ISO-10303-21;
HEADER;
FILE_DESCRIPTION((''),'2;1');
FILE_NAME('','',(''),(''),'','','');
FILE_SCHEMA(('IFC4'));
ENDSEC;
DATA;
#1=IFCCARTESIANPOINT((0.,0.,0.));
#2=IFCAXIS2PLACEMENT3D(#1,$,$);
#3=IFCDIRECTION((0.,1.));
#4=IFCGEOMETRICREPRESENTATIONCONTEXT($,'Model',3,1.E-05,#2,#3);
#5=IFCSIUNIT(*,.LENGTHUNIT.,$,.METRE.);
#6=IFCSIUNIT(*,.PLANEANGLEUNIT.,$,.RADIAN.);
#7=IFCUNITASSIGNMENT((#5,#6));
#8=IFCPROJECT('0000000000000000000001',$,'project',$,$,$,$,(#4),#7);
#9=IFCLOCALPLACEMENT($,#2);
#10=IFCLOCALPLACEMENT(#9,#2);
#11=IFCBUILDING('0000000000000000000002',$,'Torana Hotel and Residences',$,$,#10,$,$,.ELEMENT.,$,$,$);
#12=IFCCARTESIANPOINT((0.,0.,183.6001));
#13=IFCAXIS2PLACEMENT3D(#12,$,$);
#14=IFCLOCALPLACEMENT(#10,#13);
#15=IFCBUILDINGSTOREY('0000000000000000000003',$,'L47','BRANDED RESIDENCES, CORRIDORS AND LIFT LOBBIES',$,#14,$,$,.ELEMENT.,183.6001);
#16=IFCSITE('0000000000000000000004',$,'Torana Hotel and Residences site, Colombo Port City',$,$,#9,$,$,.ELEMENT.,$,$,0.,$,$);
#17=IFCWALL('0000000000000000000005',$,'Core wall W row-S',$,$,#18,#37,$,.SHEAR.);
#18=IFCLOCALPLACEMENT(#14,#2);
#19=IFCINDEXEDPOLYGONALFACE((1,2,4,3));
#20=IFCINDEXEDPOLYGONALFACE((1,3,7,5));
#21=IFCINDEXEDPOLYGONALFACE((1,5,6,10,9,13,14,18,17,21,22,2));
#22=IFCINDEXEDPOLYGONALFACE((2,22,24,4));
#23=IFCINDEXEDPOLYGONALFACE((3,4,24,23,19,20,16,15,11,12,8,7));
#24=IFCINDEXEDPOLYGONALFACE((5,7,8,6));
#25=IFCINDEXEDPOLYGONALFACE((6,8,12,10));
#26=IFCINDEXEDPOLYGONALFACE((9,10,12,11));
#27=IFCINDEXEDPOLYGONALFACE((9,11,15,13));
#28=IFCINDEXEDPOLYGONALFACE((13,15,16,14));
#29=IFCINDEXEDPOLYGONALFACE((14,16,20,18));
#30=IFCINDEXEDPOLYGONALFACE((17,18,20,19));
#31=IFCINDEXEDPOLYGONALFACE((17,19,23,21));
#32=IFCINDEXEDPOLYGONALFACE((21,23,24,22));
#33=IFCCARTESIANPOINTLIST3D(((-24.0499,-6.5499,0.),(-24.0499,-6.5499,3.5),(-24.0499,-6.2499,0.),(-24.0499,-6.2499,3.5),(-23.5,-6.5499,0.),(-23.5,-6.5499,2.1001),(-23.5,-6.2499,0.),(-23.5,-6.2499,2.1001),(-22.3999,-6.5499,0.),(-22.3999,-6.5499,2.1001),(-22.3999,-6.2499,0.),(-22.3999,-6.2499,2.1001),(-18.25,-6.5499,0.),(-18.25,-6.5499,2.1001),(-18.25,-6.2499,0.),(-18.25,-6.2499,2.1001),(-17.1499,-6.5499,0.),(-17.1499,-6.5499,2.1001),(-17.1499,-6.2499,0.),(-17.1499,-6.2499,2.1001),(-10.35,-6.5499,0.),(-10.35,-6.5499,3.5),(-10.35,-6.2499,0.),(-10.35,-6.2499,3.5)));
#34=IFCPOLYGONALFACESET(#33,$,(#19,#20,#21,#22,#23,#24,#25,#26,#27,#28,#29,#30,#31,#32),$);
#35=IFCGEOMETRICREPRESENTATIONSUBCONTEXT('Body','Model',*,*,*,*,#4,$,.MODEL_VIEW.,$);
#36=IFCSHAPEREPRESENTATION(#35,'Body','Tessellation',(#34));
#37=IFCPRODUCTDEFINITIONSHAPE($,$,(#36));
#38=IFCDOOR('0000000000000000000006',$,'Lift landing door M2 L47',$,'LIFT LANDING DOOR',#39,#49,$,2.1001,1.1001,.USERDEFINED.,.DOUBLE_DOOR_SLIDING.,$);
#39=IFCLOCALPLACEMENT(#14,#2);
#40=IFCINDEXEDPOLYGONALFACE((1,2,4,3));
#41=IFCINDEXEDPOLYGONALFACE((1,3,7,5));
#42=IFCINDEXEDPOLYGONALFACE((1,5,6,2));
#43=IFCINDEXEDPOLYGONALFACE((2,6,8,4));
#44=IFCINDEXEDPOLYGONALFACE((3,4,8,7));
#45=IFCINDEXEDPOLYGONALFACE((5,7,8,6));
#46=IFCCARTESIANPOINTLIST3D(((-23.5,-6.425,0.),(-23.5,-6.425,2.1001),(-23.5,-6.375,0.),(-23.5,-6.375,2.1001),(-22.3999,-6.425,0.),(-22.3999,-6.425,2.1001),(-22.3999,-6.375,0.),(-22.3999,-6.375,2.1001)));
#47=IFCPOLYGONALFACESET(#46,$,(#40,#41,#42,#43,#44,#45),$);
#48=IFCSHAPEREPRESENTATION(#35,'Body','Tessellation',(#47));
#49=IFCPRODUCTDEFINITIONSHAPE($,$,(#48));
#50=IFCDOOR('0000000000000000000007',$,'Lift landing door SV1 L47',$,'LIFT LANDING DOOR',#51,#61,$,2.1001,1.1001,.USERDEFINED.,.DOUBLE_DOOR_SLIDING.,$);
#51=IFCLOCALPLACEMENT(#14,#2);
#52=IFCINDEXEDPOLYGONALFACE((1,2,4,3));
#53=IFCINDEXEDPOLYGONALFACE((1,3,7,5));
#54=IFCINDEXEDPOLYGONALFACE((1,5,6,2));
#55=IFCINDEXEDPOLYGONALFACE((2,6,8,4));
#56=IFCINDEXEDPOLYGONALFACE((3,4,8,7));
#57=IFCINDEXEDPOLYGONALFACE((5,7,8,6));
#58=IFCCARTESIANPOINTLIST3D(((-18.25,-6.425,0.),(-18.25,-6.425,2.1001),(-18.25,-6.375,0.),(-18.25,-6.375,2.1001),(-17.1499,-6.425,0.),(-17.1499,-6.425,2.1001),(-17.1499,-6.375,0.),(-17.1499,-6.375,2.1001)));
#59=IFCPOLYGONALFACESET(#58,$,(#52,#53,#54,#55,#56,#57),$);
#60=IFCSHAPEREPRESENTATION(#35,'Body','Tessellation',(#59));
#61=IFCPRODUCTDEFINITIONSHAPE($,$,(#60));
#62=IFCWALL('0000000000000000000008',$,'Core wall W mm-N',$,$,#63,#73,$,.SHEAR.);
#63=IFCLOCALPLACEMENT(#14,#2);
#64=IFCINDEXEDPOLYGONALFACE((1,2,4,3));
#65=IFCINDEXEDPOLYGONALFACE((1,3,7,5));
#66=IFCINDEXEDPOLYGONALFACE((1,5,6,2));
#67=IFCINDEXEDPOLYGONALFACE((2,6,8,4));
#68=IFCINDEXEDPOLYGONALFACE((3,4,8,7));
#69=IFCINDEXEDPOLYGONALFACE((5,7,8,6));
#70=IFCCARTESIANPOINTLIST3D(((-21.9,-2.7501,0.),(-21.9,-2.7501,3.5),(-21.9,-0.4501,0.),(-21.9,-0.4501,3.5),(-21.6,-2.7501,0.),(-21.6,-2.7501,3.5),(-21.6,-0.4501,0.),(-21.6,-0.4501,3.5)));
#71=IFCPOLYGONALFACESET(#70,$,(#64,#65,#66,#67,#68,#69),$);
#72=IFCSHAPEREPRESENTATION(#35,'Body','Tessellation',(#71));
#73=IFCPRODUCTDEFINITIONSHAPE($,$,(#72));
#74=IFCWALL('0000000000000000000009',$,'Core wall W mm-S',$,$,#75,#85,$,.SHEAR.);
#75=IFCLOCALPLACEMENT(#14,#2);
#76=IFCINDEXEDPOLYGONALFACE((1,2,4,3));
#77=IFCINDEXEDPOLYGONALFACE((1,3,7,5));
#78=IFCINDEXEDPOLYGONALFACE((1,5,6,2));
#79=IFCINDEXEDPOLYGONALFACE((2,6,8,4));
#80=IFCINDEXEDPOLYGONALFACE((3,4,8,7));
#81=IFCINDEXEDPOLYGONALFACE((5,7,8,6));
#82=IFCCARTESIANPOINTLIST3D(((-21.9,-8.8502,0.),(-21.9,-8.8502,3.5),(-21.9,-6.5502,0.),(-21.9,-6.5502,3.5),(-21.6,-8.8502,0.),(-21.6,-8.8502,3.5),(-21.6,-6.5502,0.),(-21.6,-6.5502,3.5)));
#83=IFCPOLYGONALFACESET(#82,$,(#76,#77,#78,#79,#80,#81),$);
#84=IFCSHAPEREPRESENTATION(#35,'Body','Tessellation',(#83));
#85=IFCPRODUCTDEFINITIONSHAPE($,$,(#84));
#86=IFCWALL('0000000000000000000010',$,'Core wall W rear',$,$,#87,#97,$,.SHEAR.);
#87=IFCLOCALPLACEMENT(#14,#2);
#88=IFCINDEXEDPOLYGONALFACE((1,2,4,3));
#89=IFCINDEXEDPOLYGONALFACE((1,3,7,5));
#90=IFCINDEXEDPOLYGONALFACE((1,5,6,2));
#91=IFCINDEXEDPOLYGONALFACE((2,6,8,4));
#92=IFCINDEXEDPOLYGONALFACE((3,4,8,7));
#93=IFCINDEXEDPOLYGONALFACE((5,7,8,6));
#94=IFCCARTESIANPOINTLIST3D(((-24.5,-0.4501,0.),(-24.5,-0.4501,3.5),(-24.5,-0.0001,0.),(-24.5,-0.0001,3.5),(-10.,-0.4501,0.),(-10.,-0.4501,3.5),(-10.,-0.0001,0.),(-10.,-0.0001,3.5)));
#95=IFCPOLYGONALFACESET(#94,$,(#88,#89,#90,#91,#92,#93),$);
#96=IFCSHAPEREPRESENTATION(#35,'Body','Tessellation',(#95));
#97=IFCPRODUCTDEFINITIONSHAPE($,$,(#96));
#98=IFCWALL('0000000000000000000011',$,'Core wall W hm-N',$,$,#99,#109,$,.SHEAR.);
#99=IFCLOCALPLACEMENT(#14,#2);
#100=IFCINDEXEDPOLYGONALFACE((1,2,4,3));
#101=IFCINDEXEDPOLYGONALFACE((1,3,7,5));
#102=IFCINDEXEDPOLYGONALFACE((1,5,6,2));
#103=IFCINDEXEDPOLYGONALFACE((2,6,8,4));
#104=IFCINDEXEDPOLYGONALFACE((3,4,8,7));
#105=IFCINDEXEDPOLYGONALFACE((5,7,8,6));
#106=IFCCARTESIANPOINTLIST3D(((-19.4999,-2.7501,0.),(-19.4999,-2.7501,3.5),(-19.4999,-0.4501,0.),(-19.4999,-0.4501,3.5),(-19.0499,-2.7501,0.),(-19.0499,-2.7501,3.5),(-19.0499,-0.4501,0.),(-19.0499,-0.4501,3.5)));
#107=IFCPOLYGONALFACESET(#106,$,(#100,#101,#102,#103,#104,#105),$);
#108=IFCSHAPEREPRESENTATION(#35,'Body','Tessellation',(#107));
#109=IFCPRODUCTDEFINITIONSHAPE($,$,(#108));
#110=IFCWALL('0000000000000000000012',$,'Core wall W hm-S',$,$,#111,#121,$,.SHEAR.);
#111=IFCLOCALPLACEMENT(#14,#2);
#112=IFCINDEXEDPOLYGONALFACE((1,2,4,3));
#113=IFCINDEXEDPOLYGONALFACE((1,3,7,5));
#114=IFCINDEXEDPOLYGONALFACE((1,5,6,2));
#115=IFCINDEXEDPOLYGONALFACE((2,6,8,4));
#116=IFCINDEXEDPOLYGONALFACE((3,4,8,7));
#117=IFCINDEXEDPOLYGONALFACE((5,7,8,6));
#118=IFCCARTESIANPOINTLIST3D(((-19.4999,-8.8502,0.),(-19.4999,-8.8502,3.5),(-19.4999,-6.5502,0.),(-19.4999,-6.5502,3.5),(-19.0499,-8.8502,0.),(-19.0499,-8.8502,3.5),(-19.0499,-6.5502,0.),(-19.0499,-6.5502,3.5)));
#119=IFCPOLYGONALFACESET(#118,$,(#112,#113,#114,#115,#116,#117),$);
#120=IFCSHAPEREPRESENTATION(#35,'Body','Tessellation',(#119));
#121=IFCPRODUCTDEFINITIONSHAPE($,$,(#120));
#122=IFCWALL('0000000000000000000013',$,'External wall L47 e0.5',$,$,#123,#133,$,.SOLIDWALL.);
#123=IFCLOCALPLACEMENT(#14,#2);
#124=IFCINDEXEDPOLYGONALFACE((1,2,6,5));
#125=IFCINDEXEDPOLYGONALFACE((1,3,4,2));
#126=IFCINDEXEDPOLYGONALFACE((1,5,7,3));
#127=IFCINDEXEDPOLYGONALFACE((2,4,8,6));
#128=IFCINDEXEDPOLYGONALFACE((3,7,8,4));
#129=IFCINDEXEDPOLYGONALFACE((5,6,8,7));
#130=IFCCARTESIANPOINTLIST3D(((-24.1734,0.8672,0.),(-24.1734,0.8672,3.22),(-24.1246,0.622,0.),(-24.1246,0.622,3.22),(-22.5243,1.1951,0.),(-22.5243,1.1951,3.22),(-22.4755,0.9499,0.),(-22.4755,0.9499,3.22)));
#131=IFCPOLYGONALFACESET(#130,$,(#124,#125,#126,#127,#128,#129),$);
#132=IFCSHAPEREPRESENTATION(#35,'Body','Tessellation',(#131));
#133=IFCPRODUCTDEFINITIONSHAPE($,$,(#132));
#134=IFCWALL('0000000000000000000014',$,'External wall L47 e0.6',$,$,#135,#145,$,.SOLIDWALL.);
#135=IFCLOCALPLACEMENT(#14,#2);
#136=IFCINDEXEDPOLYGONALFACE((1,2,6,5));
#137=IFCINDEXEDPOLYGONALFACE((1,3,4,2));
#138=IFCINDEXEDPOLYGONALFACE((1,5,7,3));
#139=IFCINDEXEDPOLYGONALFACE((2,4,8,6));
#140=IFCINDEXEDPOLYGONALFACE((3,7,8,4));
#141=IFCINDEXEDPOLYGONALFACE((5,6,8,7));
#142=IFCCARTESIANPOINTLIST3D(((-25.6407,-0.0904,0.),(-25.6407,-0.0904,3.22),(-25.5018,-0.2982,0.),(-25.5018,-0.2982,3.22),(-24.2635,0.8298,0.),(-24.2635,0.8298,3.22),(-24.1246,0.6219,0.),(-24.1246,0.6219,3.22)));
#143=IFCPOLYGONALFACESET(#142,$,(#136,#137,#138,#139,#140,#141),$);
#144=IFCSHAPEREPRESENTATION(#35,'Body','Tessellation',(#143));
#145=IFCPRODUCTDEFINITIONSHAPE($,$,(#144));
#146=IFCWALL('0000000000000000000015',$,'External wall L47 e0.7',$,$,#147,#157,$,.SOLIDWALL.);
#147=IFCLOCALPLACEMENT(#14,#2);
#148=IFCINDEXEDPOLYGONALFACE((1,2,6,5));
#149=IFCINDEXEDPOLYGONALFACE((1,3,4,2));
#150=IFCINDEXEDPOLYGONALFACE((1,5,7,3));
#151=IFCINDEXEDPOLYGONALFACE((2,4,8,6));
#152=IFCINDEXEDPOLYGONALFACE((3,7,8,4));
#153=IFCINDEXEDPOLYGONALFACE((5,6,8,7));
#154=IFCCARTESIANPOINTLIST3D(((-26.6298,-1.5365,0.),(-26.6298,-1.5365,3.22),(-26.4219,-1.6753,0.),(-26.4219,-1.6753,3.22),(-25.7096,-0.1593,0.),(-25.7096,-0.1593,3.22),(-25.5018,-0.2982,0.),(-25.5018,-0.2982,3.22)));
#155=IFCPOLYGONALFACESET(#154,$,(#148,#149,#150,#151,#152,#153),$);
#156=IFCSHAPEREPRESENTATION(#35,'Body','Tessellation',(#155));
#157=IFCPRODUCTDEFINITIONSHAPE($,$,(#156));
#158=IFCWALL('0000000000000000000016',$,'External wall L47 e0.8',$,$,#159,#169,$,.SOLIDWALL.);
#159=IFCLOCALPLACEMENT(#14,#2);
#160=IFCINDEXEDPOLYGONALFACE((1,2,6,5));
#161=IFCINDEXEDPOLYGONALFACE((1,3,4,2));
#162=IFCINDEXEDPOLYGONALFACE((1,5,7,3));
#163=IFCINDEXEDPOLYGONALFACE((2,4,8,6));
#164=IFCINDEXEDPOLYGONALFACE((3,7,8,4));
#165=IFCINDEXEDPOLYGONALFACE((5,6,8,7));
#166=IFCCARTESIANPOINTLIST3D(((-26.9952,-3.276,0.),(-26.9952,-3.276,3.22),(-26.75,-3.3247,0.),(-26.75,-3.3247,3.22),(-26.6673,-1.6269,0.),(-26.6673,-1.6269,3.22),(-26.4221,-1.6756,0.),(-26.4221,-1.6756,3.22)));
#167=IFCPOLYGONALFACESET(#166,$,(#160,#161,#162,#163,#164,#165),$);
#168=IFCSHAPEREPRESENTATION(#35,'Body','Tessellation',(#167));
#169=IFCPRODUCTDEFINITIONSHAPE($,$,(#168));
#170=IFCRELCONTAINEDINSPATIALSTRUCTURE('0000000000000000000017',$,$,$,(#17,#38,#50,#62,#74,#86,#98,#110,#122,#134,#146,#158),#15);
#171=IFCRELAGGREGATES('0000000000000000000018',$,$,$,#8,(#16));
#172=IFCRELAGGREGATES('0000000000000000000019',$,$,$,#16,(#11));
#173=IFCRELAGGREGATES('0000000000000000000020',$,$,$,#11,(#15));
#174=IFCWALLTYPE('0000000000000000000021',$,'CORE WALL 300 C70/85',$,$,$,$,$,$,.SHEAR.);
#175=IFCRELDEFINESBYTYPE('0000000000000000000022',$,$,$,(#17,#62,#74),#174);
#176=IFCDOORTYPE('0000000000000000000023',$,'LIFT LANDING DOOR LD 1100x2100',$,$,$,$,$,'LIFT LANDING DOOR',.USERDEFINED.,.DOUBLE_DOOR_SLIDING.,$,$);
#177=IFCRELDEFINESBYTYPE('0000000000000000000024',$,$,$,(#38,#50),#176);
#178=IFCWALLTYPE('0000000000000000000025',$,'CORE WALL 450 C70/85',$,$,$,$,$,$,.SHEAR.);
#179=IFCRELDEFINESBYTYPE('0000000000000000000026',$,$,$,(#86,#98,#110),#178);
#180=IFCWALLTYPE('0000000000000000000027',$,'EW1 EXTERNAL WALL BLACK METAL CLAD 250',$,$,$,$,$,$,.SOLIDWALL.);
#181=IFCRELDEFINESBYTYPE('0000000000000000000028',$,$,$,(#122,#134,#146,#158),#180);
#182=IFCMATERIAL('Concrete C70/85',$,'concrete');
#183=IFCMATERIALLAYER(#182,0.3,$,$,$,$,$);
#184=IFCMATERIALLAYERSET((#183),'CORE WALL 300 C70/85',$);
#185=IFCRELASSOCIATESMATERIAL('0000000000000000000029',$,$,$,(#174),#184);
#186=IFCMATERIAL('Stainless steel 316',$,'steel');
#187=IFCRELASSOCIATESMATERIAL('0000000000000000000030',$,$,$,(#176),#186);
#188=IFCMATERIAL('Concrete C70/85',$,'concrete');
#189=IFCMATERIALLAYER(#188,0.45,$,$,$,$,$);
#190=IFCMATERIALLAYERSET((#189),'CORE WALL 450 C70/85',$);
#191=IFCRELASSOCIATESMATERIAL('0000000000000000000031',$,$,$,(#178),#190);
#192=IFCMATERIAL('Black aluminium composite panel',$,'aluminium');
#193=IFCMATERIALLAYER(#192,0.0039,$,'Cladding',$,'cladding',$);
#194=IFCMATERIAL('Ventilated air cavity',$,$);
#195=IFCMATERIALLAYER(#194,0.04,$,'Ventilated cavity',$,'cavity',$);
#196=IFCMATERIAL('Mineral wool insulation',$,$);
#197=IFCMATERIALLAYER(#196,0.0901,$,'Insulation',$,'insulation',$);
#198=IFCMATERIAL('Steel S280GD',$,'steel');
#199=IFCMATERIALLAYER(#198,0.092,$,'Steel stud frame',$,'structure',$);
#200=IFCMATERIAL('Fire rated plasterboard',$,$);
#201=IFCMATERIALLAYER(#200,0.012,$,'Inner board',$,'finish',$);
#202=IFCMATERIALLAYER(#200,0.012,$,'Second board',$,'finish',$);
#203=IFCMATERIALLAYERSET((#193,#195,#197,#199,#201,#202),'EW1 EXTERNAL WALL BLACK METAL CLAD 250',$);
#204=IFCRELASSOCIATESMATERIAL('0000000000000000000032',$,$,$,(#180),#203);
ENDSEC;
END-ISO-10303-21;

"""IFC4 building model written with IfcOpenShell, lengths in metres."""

from ifc_helpers import new_model, si_unit, direction, frame, frame_2d, origin, place, context, subcontext, project, spatial, rectangle, extrude, material, layer, layer_set, type_object, element, fill, save


model = new_model("IFC4")

# Units and contexts
model_context = context("Model", 3, precision=1e-05, world=origin(), true_north=direction((0.0, 1.0)))
body_context = subcontext(model_context, "Body", "Model", "MODEL_VIEW")
ifc_project = project(units=[si_unit("LENGTHUNIT", "METRE"), si_unit("PLANEANGLEUNIT", "RADIAN")], contexts=[model_context])

# Site, building, storey
site_placement = place(None, origin())
site = spatial("IfcSite", under=ifc_project, at=site_placement, Name="Torana Hotel and Residences site, Colombo Port City", CompositionType="ELEMENT", RefElevation=0.0)
building_placement = place(site_placement, origin())
building = spatial("IfcBuilding", under=site, at=building_placement, Name="Torana Hotel and Residences", CompositionType="ELEMENT")
storey_placement = place(building_placement, frame((0.0, 0.0, 183.6001)))
storey = spatial("IfcBuildingStorey", under=building, at=storey_placement, Name="L47", Description="BRANDED RESIDENCES, CORRIDORS AND LIFT LOBBIES", CompositionType="ELEMENT", Elevation=183.6001)

# Wall, openings, doors
ifc_material_1 = material(Name="Concrete C70/85", Category="concrete")
ifc_layer_1 = layer(ifc_material_1, 0.3)
ifc_layer_set_1 = layer_set([ifc_layer_1], Name="CORE WALL 300 C70/85")
wall_type_1 = type_object("IfcWallType", Name="CORE WALL 300 C70/85", PredefinedType="SHEAR", material=ifc_layer_set_1)
ifc_material_2 = material(Name="Stainless steel 316", Category="steel")
door_type_1 = type_object("IfcDoorType", Name="LIFT LANDING DOOR LD 1100x2100", ElementType="LIFT LANDING DOOR", OperationType="DOUBLE_DOOR_SLIDING", PredefinedType="USERDEFINED", material=ifc_material_2)
wall_1_placement = place(storey_placement, frame((-24.05, -6.3999, 0.0), z_axis=(0.0, 0.0, 1.0), x_axis=(1.0, 0.0, 0.0)))
wall_1 = element("IfcWall", 1, at=wall_1_placement, inside=storey, type_object=wall_type_1, Name="Core wall W row-S", PredefinedType="SHEAR", context=body_context, shape_type="SweptSolid", body=[
    extrude(rectangle(XDim=13.7, YDim=0.3, at=frame_2d((6.8501, 0.0))), origin(), (0.0, 0.0, 1.0), 3.5),
])
opening_1_placement = place(wall_1_placement, frame((0.55, 0.0, 0.0)))
opening_1 = element("IfcOpeningElement", 2, at=opening_1_placement, cuts=wall_1, PredefinedType="OPENING", context=body_context, shape_type="SweptSolid", body=[
    extrude(rectangle(XDim=1.1001, YDim=2.1001, at=frame_2d((0.55, 1.05))), frame((0.0, 0.1599, 0.0), z_axis=(0.0, -1.0, 0.0), x_axis=(1.0, 0.0, 0.0)), (0.0, 0.0, 1.0), 0.3201),
])
opening_2_placement = place(wall_1_placement, frame((5.8, 0.0, 0.0)))
opening_2 = element("IfcOpeningElement", 3, at=opening_2_placement, cuts=wall_1, PredefinedType="OPENING", context=body_context, shape_type="SweptSolid", body=[
    extrude(rectangle(XDim=1.1001, YDim=2.1001, at=frame_2d((0.55, 1.05))), frame((0.0, 0.1599, 0.0), z_axis=(0.0, -1.0, 0.0), x_axis=(1.0, 0.0, 0.0)), (0.0, 0.0, 1.0), 0.3201),
])
door_1_placement = place(opening_1_placement, origin())
door_1 = element("IfcDoor", 4, at=door_1_placement, inside=storey, type_object=door_type_1, Name="Lift landing door M2 L47", ObjectType="LIFT LANDING DOOR", OperationType="DOUBLE_DOOR_SLIDING", OverallHeight=2.1001, OverallWidth=1.1001, PredefinedType="USERDEFINED", context=body_context, shape_type="SweptSolid", body=[
    extrude(rectangle(XDim=1.1001, YDim=2.1001, at=frame_2d((0.55, 1.05))), frame((0.0, 0.0249, 0.0), z_axis=(0.0, -1.0, 0.0), x_axis=(1.0, 0.0, 0.0)), (0.0, 0.0, 1.0), 0.05),
])
fill(opening_1, door_1)
door_2_placement = place(opening_2_placement, origin())
door_2 = element("IfcDoor", 5, at=door_2_placement, inside=storey, type_object=door_type_1, Name="Lift landing door SV1 L47", ObjectType="LIFT LANDING DOOR", OperationType="DOUBLE_DOOR_SLIDING", OverallHeight=2.1001, OverallWidth=1.1001, PredefinedType="USERDEFINED", context=body_context, shape_type="SweptSolid", body=[
    extrude(rectangle(XDim=1.1001, YDim=2.1001, at=frame_2d((0.55, 1.05))), frame((0.0, 0.0249, 0.0), z_axis=(0.0, -1.0, 0.0), x_axis=(1.0, 0.0, 0.0)), (0.0, 0.0, 1.0), 0.05),
])
fill(opening_2, door_2)

# Walls
for number, where, z_axis, x_axis, name in (
    (6, (-21.75, -2.75, 0.0), (0.0, 0.0, 1.0), (0.0, 1.0, 0.0), "Core wall W mm-N"),
    (7, (-21.75, -8.8501, 0.0), (0.0, 0.0, 1.0), (0.0, 1.0, 0.0), "Core wall W mm-S"),
):
    element("IfcWall", number, at=place(storey_placement, frame(where, z_axis=z_axis, x_axis=x_axis)), inside=storey, type_object=wall_type_1, Name=name, PredefinedType="SHEAR", context=body_context, shape_type="SweptSolid", body=[
        extrude(rectangle(XDim=2.3, YDim=0.3, at=frame_2d((1.1499, 0.0))), origin(), (0.0, 0.0, 1.0), 3.5),
    ])
ifc_material_3 = material(Name="Concrete C70/85", Category="concrete")
ifc_layer_2 = layer(ifc_material_3, 0.45)
ifc_layer_set_2 = layer_set([ifc_layer_2], Name="CORE WALL 450 C70/85")
wall_type_2 = type_object("IfcWallType", Name="CORE WALL 450 C70/85", PredefinedType="SHEAR", material=ifc_layer_set_2)
wall_2_placement = place(storey_placement, frame((-24.5, -0.2251, 0.0), z_axis=(0.0, 0.0, 1.0), x_axis=(1.0, 0.0, 0.0)))
element("IfcWall", 8, at=wall_2_placement, inside=storey, type_object=wall_type_2, Name="Core wall W rear", PredefinedType="SHEAR", context=body_context, shape_type="SweptSolid", body=[
    extrude(rectangle(XDim=14.5, YDim=0.45, at=frame_2d((7.25, 0.0))), origin(), (0.0, 0.0, 1.0), 3.5),
])
for number, where, z_axis, x_axis, name in (
    (9, (-19.2749, -2.75, 0.0), (0.0, 0.0, 1.0), (0.0, 1.0, 0.0), "Core wall W hm-N"),
    (10, (-19.2749, -8.8501, 0.0), (0.0, 0.0, 1.0), (0.0, 1.0, 0.0), "Core wall W hm-S"),
):
    element("IfcWall", number, at=place(storey_placement, frame(where, z_axis=z_axis, x_axis=x_axis)), inside=storey, type_object=wall_type_2, Name=name, PredefinedType="SHEAR", context=body_context, shape_type="SweptSolid", body=[
        extrude(rectangle(XDim=2.3, YDim=0.45, at=frame_2d((1.1499, 0.0))), origin(), (0.0, 0.0, 1.0), 3.5),
    ])
ifc_material_4 = material(Name="Black aluminium composite panel", Category="aluminium")
ifc_layer_3 = layer(ifc_material_4, 0.0039, Name="Cladding", Category="cladding")
ifc_material_5 = material(Name="Ventilated air cavity")
ifc_layer_4 = layer(ifc_material_5, 0.04, Name="Ventilated cavity", Category="cavity")
ifc_material_6 = material(Name="Mineral wool insulation")
ifc_layer_5 = layer(ifc_material_6, 0.0901, Name="Insulation", Category="insulation")
ifc_material_7 = material(Name="Steel S280GD", Category="steel")
ifc_layer_6 = layer(ifc_material_7, 0.092, Name="Steel stud frame", Category="structure")
ifc_material_8 = material(Name="Fire rated plasterboard")
ifc_layer_7 = layer(ifc_material_8, 0.012, Name="Inner board", Category="finish")
ifc_layer_8 = layer(ifc_material_8, 0.012, Name="Second board", Category="finish")
ifc_layer_set_3 = layer_set([ifc_layer_3, ifc_layer_4, ifc_layer_5, ifc_layer_6, ifc_layer_7, ifc_layer_8], Name="EW1 EXTERNAL WALL BLACK METAL CLAD 250")
wall_type_3 = type_object("IfcWallType", Name="EW1 EXTERNAL WALL BLACK METAL CLAD 250", PredefinedType="SOLIDWALL", material=ifc_layer_set_3)
wall_3_placement = place(storey_placement, frame((-22.4998, 1.0725, 0.0), z_axis=(0.0, 0.0, 1.0), x_axis=(-0.980803, -0.194999, 0.0)))
element("IfcWall", 11, at=wall_3_placement, inside=storey, type_object=wall_type_3, Name="External wall L47 e0.5", PredefinedType="SOLIDWALL", context=body_context, shape_type="SweptSolid", body=[
    extrude(rectangle(XDim=1.6814, YDim=0.25, at=frame_2d((0.8408, 0.0))), origin(), (0.0, 0.0, 1.0), 3.22),
])
for number, where, z_axis, x_axis, name in (
    (12, (-24.1941, 0.7258, 0.0), (0.0, 0.0, 1.0), (-0.831483, -0.55555, 0.0), "External wall L47 e0.6"),
    (13, (-25.6057, -0.2288, 0.0), (0.0, 0.0, 1.0), (-0.55555, -0.831483, 0.0), "External wall L47 e0.7"),
):
    element("IfcWall", number, at=place(storey_placement, frame(where, z_axis=z_axis, x_axis=x_axis)), inside=storey, type_object=wall_type_3, Name=name, PredefinedType="SOLIDWALL", context=body_context, shape_type="SweptSolid", body=[
        extrude(rectangle(XDim=1.6562, YDim=0.25, at=frame_2d((0.8281, 0.0))), origin(), (0.0, 0.0, 1.0), 3.22),
    ])
wall_4_placement = place(storey_placement, frame((-26.5447, -1.6511, 0.0), z_axis=(0.0, 0.0, 1.0), x_axis=(-0.194999, -0.980803, 0.0)))
element("IfcWall", 14, at=wall_4_placement, inside=storey, type_object=wall_type_3, Name="External wall L47 e0.8", PredefinedType="SOLIDWALL", context=body_context, shape_type="SweptSolid", body=[
    extrude(rectangle(XDim=1.6814, YDim=0.25, at=frame_2d((0.8408, 0.0))), origin(), (0.0, 0.0, 1.0), 3.22),
])

save(model, "model.ifc")
